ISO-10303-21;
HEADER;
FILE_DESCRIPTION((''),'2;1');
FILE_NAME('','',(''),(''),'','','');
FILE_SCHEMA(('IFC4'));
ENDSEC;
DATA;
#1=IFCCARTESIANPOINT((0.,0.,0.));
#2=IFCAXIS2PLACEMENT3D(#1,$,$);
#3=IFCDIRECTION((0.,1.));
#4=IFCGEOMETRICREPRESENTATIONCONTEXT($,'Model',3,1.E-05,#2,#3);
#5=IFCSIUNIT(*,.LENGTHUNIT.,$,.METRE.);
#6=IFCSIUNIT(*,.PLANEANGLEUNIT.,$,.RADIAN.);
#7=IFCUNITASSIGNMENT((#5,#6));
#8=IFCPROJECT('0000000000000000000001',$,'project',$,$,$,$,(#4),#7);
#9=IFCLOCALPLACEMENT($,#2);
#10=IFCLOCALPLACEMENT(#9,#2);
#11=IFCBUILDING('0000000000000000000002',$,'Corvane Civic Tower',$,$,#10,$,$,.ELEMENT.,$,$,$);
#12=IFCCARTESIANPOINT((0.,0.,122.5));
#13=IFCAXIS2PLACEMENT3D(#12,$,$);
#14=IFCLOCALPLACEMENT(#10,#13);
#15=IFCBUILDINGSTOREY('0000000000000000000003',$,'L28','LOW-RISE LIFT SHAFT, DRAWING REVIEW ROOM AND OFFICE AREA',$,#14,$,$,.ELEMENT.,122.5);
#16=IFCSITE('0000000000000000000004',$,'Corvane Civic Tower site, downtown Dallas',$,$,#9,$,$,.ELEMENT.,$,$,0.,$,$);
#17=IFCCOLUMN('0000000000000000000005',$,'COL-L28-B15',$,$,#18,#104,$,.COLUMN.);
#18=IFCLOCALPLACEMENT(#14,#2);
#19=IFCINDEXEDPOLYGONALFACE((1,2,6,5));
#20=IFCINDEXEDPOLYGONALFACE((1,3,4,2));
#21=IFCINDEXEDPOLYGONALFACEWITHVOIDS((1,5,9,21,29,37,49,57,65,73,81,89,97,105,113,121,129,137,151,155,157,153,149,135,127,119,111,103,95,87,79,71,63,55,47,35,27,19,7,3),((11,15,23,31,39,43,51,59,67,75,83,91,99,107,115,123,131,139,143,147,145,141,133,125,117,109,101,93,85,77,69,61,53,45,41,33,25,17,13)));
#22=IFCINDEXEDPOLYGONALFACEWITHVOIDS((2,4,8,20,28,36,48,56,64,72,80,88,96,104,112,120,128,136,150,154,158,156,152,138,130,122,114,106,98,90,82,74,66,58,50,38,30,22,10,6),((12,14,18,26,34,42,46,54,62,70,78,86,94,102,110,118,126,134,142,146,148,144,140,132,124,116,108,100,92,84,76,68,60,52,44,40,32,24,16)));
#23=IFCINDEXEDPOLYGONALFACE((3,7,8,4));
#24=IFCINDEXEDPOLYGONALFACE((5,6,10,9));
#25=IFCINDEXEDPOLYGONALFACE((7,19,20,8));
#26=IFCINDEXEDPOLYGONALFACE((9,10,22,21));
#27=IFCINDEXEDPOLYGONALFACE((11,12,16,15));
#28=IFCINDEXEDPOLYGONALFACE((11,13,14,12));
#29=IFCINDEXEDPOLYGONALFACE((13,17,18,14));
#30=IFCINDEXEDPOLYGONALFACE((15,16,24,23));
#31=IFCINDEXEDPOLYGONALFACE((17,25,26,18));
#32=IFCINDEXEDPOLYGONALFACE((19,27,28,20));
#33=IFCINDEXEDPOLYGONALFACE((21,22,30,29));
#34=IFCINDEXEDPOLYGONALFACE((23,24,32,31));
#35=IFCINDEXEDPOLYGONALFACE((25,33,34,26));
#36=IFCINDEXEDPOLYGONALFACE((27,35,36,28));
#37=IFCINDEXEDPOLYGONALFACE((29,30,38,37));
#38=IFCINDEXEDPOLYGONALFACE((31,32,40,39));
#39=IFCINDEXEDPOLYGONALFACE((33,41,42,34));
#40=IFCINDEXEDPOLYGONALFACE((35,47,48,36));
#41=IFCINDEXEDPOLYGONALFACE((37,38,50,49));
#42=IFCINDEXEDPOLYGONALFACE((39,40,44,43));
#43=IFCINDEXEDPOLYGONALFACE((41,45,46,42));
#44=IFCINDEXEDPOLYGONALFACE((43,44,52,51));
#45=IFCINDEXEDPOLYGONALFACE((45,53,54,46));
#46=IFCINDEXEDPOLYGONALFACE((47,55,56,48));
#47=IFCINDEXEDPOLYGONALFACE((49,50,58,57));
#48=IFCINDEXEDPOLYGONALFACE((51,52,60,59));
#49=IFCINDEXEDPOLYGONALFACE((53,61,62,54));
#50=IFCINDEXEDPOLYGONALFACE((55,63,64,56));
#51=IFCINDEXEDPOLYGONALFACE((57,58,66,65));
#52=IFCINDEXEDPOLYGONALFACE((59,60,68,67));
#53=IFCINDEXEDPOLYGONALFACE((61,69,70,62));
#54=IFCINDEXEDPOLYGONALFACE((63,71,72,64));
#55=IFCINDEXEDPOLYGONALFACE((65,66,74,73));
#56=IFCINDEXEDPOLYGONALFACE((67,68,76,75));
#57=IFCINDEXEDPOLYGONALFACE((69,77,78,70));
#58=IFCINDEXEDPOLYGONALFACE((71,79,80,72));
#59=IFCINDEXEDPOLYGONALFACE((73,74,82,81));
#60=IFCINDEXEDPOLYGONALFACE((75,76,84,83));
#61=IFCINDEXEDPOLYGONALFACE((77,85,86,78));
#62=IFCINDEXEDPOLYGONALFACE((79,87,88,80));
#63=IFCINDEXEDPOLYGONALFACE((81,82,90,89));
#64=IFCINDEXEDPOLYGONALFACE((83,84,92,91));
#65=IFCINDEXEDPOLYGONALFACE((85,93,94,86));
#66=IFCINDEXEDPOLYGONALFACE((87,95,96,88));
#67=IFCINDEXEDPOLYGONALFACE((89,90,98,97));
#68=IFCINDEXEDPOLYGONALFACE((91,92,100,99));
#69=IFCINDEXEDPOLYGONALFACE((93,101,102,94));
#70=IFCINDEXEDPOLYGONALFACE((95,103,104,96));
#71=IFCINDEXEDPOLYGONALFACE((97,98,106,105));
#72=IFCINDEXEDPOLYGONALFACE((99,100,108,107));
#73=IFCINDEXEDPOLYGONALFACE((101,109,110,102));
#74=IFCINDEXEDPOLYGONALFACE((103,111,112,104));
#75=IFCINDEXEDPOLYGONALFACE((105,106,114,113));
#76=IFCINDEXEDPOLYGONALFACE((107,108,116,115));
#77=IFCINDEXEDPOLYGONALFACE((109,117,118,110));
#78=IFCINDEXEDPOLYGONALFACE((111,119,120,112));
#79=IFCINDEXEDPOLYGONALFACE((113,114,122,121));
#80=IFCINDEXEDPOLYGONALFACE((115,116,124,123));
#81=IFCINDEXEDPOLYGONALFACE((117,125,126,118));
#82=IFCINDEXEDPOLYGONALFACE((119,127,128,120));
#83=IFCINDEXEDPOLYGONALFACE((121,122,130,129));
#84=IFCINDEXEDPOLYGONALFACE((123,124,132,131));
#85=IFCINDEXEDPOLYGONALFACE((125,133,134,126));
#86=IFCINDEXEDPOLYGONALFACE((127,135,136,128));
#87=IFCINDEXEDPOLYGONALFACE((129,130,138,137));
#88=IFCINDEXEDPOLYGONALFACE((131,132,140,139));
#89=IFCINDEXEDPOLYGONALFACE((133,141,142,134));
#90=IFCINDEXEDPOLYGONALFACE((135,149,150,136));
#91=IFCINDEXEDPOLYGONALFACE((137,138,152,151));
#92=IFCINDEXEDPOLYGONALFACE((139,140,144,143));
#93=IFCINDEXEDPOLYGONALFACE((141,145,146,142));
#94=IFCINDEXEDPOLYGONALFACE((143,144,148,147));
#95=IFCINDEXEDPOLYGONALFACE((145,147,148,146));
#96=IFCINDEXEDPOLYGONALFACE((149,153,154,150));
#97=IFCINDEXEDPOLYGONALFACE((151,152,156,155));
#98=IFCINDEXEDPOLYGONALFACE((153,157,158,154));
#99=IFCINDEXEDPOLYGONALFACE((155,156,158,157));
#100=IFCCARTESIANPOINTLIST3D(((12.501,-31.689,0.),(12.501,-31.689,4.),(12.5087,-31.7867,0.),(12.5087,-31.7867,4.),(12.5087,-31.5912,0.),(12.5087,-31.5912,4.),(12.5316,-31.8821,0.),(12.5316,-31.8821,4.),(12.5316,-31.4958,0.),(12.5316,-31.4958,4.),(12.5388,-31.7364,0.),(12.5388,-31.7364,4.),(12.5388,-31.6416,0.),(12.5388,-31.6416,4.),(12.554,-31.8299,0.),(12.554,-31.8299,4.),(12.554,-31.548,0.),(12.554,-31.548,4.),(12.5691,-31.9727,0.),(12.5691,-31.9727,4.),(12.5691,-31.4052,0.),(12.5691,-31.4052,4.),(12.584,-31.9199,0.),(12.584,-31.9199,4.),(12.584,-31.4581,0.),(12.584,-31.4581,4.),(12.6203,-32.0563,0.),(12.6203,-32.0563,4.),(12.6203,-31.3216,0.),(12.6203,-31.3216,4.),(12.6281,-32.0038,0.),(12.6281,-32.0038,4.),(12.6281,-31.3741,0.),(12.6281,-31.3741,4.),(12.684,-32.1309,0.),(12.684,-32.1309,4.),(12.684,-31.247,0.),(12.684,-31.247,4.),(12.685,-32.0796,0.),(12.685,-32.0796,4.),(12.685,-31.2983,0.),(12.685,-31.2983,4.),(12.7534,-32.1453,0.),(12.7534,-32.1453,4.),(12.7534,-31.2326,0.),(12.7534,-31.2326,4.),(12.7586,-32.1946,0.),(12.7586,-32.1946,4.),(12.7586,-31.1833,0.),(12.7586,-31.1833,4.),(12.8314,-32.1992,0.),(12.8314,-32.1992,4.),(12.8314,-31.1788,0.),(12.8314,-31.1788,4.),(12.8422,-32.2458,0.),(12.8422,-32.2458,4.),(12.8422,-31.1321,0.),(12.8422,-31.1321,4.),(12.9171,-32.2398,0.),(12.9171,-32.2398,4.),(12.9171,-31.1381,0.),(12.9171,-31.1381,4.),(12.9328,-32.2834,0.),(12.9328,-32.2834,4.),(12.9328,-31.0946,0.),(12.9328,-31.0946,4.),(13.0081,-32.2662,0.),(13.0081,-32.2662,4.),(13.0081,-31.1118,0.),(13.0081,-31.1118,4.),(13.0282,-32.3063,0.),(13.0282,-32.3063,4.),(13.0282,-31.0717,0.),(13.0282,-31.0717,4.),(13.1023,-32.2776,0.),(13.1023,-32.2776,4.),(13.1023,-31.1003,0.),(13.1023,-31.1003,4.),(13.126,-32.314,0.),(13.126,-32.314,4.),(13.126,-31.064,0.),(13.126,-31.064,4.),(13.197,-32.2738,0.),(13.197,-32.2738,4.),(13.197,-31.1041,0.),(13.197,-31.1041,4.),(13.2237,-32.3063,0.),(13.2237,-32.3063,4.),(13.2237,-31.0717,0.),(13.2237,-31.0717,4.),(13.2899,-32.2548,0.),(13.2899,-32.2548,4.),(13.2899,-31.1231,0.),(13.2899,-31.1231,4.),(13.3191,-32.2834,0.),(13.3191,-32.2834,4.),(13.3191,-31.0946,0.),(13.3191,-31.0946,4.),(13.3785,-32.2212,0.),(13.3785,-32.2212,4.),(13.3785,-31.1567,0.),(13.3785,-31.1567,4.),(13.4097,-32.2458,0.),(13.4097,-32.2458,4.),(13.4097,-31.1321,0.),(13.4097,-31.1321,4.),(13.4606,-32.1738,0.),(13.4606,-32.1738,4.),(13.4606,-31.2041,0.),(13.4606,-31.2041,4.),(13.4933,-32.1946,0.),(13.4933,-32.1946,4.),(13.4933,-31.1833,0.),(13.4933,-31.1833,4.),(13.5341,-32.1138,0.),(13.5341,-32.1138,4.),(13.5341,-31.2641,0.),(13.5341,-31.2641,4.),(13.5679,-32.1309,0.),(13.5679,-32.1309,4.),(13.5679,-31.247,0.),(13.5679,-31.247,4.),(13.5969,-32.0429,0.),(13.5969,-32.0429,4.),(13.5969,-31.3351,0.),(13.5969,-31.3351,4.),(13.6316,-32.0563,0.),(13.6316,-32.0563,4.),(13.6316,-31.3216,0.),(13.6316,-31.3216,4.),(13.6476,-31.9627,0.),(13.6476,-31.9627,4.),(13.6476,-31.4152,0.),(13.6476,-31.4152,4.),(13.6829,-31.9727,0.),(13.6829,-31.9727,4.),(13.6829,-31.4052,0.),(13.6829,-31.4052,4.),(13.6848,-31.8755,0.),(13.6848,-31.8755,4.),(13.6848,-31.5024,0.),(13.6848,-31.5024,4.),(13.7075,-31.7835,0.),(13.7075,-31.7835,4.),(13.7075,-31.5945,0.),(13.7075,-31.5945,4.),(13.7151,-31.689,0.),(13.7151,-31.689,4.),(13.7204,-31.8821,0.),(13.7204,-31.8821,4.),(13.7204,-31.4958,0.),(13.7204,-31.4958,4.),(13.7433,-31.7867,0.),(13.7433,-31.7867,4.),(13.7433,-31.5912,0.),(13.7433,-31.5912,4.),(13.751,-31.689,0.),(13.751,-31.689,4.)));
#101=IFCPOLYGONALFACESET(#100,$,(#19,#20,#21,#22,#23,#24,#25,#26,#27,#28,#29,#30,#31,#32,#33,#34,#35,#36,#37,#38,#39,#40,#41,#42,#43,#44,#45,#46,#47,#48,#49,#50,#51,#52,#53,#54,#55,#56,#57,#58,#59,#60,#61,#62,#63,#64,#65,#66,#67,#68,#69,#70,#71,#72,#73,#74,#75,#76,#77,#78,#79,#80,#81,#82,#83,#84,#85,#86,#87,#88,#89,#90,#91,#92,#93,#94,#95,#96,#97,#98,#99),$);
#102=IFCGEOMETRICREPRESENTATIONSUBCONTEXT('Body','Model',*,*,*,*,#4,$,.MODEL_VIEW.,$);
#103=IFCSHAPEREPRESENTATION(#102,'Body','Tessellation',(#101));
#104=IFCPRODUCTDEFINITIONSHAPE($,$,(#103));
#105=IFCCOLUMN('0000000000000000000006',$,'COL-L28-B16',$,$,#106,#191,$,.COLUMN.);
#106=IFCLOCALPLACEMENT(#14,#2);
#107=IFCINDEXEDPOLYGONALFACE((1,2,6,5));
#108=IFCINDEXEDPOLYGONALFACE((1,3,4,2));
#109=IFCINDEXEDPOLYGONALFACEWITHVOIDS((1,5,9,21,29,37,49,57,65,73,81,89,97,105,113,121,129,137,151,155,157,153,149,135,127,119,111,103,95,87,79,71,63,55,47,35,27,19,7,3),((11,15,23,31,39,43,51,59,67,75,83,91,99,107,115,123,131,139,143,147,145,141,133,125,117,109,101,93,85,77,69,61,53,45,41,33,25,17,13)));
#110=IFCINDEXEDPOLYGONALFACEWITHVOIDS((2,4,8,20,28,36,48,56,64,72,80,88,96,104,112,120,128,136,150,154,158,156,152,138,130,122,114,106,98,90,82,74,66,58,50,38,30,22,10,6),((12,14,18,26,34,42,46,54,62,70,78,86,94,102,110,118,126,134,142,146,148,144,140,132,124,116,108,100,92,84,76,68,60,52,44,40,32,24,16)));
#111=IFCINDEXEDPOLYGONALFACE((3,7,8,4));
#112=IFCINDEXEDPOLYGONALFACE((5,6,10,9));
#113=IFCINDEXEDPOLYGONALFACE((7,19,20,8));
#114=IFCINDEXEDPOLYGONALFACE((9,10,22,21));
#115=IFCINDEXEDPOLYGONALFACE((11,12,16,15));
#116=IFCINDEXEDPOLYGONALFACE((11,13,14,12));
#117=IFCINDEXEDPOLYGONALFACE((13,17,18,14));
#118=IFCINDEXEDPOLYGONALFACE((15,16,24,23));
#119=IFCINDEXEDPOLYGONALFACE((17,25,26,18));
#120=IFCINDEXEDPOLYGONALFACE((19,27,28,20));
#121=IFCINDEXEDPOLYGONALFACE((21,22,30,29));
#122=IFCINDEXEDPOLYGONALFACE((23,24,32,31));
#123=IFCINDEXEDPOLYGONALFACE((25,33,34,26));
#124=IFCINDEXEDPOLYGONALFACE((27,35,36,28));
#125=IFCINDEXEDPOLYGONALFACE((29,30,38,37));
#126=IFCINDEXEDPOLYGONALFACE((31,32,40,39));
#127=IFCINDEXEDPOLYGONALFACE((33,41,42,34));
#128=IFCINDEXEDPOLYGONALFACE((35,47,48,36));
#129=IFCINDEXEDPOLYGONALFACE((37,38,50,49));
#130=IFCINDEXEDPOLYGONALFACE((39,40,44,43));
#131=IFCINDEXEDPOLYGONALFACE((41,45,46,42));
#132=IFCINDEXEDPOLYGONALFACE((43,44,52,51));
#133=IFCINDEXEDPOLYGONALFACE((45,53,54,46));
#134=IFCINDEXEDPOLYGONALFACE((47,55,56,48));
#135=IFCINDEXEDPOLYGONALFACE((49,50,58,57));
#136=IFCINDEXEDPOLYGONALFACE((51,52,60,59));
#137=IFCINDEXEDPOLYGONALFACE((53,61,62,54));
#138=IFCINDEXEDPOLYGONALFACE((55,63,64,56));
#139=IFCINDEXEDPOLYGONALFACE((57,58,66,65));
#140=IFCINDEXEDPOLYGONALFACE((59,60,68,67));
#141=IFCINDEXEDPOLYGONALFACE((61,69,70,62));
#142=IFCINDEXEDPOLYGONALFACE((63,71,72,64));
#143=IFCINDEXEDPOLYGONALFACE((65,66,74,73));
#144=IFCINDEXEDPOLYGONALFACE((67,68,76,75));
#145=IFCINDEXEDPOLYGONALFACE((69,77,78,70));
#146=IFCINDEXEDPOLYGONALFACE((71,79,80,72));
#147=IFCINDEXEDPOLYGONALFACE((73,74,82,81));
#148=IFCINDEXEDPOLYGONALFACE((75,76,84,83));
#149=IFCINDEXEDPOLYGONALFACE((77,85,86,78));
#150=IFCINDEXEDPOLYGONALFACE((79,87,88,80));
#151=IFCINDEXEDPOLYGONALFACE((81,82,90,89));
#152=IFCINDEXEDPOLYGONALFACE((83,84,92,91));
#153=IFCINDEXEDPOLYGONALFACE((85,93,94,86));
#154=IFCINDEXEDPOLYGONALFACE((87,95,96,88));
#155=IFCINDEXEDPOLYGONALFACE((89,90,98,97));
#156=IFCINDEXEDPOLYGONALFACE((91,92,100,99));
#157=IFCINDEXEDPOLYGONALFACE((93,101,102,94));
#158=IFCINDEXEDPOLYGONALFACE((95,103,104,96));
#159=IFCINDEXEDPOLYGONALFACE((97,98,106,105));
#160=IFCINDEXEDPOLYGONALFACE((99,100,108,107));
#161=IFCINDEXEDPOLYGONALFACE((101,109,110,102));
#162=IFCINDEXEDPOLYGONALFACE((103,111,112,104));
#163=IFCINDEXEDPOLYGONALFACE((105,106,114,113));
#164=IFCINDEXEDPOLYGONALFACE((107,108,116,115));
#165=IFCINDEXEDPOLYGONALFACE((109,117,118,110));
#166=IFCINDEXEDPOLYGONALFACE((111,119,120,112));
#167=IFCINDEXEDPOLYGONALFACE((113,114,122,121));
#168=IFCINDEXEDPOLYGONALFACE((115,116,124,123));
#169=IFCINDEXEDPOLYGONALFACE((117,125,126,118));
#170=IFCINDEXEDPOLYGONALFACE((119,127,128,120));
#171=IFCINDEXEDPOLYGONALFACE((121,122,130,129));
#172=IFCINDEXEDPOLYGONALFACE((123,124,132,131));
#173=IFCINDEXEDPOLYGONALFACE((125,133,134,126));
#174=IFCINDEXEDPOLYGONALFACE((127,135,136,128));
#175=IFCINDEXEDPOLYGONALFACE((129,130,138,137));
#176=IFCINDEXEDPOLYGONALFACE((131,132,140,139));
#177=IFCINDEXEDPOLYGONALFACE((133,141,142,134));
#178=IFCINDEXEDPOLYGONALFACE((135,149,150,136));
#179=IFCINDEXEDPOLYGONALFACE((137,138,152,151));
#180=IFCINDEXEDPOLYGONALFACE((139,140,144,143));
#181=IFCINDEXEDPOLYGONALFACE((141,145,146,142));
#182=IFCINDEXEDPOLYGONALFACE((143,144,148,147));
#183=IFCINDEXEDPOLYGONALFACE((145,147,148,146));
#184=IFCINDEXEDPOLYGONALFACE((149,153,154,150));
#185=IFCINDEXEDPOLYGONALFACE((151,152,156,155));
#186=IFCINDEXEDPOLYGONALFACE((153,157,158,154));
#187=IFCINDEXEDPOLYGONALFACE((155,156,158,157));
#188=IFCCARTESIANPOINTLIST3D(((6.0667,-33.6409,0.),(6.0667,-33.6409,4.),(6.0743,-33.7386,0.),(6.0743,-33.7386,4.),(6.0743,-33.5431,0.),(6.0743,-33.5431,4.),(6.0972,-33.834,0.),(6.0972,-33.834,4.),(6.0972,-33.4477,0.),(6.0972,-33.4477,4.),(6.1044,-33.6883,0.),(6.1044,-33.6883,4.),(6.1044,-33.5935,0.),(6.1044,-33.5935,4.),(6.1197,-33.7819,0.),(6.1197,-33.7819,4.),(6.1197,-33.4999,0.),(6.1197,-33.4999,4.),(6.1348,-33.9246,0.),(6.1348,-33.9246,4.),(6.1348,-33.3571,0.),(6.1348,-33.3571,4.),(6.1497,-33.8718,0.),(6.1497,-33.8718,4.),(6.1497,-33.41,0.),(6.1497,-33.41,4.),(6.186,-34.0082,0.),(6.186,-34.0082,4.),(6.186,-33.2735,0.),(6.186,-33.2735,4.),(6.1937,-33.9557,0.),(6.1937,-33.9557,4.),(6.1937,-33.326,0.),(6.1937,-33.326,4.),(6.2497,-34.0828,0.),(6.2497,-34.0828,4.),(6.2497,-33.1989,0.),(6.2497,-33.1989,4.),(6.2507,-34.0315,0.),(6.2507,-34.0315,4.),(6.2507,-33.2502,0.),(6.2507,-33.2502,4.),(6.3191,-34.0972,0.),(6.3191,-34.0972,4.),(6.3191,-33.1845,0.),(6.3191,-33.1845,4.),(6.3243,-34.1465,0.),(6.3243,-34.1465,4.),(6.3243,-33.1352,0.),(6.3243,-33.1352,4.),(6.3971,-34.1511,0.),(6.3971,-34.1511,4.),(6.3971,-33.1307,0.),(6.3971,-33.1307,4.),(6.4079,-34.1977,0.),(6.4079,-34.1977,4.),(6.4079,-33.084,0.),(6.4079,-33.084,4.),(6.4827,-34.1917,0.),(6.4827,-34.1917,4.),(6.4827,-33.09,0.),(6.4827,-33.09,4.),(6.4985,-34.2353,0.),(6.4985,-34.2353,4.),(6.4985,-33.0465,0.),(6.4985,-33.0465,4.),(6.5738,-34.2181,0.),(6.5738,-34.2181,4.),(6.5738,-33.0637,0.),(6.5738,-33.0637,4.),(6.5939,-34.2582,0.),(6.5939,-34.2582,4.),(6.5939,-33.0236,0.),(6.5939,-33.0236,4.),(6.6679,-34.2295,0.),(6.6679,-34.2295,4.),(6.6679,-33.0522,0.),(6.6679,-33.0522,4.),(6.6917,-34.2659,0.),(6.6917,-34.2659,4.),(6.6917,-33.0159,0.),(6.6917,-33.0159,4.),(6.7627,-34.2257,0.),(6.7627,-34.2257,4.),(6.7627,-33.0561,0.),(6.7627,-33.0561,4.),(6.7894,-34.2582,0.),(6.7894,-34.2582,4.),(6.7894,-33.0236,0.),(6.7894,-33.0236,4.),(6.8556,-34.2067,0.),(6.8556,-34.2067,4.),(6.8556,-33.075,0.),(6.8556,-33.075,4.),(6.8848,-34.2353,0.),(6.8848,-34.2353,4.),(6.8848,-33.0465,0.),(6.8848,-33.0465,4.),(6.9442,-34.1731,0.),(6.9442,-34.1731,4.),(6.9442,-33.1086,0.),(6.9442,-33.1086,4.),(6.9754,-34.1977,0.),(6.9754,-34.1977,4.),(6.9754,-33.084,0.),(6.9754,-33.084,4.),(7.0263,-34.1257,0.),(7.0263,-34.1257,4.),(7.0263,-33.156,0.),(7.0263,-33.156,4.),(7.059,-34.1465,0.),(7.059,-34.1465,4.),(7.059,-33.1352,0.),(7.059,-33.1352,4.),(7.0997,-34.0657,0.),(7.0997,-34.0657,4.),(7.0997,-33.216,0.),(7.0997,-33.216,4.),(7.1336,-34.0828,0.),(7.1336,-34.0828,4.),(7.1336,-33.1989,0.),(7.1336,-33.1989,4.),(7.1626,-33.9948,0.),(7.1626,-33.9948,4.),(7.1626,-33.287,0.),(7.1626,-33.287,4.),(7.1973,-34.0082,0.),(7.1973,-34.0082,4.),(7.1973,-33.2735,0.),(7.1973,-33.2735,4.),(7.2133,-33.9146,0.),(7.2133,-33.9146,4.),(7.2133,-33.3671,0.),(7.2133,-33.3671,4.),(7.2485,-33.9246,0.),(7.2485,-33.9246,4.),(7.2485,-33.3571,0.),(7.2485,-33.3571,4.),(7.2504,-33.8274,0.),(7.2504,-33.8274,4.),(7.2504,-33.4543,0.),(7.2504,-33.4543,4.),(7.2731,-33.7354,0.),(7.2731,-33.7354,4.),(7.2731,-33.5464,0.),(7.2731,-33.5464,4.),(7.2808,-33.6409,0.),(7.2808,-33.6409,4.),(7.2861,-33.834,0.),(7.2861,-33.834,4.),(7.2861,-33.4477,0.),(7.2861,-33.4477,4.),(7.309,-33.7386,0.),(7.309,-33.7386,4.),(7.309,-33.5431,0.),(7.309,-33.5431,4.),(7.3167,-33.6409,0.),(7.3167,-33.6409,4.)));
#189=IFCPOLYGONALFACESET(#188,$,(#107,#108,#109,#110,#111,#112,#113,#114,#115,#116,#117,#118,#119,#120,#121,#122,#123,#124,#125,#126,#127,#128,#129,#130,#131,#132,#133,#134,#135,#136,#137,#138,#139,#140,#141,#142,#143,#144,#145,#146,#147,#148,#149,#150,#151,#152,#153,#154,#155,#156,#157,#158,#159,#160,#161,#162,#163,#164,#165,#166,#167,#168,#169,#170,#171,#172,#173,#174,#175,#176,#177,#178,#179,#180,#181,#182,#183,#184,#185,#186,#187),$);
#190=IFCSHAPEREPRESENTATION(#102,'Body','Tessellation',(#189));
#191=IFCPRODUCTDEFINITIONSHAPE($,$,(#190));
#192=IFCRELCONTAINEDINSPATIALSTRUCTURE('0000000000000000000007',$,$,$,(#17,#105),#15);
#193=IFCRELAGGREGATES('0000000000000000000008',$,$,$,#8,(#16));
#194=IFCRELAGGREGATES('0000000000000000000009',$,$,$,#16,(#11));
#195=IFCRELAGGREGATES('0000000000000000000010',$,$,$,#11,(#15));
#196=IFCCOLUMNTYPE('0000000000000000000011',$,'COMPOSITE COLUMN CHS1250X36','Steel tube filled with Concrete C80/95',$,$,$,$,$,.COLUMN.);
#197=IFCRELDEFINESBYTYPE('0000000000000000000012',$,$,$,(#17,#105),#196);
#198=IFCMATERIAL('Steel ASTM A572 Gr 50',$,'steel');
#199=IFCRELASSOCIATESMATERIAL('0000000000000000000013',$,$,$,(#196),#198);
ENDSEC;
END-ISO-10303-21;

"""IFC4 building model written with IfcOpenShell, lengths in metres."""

from ifc_helpers import new_model, si_unit, direction, frame, origin, origin_2d, place, context, subcontext, project, spatial, hollow_circle, extrude, material, material_profile, profile_set, type_object, element, save


model = new_model("IFC4")

# Units and contexts
model_context = context("Model", 3, precision=1e-05, world=origin(), true_north=direction((0.0, 1.0)))
body_context = subcontext(model_context, "Body", "Model", "MODEL_VIEW")
ifc_project = project(units=[si_unit("LENGTHUNIT", "METRE"), si_unit("PLANEANGLEUNIT", "RADIAN")], contexts=[model_context])

# Site, building, storey
site_placement = place(None, origin())
site = spatial("IfcSite", under=ifc_project, at=site_placement, Name="Corvane Civic Tower site, downtown Dallas", CompositionType="ELEMENT", RefElevation=0.0)
building_placement = place(site_placement, origin())
building = spatial("IfcBuilding", under=site, at=building_placement, Name="Corvane Civic Tower", CompositionType="ELEMENT")
storey_placement = place(building_placement, frame((0.0, 0.0, 122.5)))
storey = spatial("IfcBuildingStorey", under=building, at=storey_placement, Name="L28", Description="LOW-RISE LIFT SHAFT, DRAWING REVIEW ROOM AND OFFICE AREA", CompositionType="ELEMENT", Elevation=122.5)

# Columns
ifc_material_1 = material(Name="Steel ASTM A572 Gr 50", Category="steel")
ifc_material_profile_1 = material_profile(ifc_material_1, hollow_circle(Radius=0.625, WallThickness=0.0359, at=origin_2d()), Name="CHS1250X36")
ifc_profile_set_1 = profile_set([ifc_material_profile_1], Name="Steel ASTM A572 Gr 50")
column_type = type_object("IfcColumnType", Name="COMPOSITE COLUMN CHS1250X36", Description="Steel tube filled with Concrete C80/95", PredefinedType="COLUMN", material=ifc_profile_set_1)
for number, where, z_axis, x_axis, name in (
    (1, (13.126, -31.689, 0.0), (0.0, 0.0, 1.0), (1.0, 0.0, 0.0), "COL-L28-B15"),
    (2, (6.6917, -33.6409, 0.0), (0.0, 0.0, 1.0), (1.0, 0.0, 0.0), "COL-L28-B16"),
):
    element("IfcColumn", number, at=place(storey_placement, frame(where, z_axis=z_axis, x_axis=x_axis)), inside=storey, type_object=column_type, Name=name, PredefinedType="COLUMN", context=body_context, shape_type="SweptSolid", body=[
        extrude(hollow_circle(Radius=0.625, WallThickness=0.0359, at=origin_2d()), origin(), (0.0, 0.0, 1.0), 4.0),
    ])

save(model, "model.ifc")
